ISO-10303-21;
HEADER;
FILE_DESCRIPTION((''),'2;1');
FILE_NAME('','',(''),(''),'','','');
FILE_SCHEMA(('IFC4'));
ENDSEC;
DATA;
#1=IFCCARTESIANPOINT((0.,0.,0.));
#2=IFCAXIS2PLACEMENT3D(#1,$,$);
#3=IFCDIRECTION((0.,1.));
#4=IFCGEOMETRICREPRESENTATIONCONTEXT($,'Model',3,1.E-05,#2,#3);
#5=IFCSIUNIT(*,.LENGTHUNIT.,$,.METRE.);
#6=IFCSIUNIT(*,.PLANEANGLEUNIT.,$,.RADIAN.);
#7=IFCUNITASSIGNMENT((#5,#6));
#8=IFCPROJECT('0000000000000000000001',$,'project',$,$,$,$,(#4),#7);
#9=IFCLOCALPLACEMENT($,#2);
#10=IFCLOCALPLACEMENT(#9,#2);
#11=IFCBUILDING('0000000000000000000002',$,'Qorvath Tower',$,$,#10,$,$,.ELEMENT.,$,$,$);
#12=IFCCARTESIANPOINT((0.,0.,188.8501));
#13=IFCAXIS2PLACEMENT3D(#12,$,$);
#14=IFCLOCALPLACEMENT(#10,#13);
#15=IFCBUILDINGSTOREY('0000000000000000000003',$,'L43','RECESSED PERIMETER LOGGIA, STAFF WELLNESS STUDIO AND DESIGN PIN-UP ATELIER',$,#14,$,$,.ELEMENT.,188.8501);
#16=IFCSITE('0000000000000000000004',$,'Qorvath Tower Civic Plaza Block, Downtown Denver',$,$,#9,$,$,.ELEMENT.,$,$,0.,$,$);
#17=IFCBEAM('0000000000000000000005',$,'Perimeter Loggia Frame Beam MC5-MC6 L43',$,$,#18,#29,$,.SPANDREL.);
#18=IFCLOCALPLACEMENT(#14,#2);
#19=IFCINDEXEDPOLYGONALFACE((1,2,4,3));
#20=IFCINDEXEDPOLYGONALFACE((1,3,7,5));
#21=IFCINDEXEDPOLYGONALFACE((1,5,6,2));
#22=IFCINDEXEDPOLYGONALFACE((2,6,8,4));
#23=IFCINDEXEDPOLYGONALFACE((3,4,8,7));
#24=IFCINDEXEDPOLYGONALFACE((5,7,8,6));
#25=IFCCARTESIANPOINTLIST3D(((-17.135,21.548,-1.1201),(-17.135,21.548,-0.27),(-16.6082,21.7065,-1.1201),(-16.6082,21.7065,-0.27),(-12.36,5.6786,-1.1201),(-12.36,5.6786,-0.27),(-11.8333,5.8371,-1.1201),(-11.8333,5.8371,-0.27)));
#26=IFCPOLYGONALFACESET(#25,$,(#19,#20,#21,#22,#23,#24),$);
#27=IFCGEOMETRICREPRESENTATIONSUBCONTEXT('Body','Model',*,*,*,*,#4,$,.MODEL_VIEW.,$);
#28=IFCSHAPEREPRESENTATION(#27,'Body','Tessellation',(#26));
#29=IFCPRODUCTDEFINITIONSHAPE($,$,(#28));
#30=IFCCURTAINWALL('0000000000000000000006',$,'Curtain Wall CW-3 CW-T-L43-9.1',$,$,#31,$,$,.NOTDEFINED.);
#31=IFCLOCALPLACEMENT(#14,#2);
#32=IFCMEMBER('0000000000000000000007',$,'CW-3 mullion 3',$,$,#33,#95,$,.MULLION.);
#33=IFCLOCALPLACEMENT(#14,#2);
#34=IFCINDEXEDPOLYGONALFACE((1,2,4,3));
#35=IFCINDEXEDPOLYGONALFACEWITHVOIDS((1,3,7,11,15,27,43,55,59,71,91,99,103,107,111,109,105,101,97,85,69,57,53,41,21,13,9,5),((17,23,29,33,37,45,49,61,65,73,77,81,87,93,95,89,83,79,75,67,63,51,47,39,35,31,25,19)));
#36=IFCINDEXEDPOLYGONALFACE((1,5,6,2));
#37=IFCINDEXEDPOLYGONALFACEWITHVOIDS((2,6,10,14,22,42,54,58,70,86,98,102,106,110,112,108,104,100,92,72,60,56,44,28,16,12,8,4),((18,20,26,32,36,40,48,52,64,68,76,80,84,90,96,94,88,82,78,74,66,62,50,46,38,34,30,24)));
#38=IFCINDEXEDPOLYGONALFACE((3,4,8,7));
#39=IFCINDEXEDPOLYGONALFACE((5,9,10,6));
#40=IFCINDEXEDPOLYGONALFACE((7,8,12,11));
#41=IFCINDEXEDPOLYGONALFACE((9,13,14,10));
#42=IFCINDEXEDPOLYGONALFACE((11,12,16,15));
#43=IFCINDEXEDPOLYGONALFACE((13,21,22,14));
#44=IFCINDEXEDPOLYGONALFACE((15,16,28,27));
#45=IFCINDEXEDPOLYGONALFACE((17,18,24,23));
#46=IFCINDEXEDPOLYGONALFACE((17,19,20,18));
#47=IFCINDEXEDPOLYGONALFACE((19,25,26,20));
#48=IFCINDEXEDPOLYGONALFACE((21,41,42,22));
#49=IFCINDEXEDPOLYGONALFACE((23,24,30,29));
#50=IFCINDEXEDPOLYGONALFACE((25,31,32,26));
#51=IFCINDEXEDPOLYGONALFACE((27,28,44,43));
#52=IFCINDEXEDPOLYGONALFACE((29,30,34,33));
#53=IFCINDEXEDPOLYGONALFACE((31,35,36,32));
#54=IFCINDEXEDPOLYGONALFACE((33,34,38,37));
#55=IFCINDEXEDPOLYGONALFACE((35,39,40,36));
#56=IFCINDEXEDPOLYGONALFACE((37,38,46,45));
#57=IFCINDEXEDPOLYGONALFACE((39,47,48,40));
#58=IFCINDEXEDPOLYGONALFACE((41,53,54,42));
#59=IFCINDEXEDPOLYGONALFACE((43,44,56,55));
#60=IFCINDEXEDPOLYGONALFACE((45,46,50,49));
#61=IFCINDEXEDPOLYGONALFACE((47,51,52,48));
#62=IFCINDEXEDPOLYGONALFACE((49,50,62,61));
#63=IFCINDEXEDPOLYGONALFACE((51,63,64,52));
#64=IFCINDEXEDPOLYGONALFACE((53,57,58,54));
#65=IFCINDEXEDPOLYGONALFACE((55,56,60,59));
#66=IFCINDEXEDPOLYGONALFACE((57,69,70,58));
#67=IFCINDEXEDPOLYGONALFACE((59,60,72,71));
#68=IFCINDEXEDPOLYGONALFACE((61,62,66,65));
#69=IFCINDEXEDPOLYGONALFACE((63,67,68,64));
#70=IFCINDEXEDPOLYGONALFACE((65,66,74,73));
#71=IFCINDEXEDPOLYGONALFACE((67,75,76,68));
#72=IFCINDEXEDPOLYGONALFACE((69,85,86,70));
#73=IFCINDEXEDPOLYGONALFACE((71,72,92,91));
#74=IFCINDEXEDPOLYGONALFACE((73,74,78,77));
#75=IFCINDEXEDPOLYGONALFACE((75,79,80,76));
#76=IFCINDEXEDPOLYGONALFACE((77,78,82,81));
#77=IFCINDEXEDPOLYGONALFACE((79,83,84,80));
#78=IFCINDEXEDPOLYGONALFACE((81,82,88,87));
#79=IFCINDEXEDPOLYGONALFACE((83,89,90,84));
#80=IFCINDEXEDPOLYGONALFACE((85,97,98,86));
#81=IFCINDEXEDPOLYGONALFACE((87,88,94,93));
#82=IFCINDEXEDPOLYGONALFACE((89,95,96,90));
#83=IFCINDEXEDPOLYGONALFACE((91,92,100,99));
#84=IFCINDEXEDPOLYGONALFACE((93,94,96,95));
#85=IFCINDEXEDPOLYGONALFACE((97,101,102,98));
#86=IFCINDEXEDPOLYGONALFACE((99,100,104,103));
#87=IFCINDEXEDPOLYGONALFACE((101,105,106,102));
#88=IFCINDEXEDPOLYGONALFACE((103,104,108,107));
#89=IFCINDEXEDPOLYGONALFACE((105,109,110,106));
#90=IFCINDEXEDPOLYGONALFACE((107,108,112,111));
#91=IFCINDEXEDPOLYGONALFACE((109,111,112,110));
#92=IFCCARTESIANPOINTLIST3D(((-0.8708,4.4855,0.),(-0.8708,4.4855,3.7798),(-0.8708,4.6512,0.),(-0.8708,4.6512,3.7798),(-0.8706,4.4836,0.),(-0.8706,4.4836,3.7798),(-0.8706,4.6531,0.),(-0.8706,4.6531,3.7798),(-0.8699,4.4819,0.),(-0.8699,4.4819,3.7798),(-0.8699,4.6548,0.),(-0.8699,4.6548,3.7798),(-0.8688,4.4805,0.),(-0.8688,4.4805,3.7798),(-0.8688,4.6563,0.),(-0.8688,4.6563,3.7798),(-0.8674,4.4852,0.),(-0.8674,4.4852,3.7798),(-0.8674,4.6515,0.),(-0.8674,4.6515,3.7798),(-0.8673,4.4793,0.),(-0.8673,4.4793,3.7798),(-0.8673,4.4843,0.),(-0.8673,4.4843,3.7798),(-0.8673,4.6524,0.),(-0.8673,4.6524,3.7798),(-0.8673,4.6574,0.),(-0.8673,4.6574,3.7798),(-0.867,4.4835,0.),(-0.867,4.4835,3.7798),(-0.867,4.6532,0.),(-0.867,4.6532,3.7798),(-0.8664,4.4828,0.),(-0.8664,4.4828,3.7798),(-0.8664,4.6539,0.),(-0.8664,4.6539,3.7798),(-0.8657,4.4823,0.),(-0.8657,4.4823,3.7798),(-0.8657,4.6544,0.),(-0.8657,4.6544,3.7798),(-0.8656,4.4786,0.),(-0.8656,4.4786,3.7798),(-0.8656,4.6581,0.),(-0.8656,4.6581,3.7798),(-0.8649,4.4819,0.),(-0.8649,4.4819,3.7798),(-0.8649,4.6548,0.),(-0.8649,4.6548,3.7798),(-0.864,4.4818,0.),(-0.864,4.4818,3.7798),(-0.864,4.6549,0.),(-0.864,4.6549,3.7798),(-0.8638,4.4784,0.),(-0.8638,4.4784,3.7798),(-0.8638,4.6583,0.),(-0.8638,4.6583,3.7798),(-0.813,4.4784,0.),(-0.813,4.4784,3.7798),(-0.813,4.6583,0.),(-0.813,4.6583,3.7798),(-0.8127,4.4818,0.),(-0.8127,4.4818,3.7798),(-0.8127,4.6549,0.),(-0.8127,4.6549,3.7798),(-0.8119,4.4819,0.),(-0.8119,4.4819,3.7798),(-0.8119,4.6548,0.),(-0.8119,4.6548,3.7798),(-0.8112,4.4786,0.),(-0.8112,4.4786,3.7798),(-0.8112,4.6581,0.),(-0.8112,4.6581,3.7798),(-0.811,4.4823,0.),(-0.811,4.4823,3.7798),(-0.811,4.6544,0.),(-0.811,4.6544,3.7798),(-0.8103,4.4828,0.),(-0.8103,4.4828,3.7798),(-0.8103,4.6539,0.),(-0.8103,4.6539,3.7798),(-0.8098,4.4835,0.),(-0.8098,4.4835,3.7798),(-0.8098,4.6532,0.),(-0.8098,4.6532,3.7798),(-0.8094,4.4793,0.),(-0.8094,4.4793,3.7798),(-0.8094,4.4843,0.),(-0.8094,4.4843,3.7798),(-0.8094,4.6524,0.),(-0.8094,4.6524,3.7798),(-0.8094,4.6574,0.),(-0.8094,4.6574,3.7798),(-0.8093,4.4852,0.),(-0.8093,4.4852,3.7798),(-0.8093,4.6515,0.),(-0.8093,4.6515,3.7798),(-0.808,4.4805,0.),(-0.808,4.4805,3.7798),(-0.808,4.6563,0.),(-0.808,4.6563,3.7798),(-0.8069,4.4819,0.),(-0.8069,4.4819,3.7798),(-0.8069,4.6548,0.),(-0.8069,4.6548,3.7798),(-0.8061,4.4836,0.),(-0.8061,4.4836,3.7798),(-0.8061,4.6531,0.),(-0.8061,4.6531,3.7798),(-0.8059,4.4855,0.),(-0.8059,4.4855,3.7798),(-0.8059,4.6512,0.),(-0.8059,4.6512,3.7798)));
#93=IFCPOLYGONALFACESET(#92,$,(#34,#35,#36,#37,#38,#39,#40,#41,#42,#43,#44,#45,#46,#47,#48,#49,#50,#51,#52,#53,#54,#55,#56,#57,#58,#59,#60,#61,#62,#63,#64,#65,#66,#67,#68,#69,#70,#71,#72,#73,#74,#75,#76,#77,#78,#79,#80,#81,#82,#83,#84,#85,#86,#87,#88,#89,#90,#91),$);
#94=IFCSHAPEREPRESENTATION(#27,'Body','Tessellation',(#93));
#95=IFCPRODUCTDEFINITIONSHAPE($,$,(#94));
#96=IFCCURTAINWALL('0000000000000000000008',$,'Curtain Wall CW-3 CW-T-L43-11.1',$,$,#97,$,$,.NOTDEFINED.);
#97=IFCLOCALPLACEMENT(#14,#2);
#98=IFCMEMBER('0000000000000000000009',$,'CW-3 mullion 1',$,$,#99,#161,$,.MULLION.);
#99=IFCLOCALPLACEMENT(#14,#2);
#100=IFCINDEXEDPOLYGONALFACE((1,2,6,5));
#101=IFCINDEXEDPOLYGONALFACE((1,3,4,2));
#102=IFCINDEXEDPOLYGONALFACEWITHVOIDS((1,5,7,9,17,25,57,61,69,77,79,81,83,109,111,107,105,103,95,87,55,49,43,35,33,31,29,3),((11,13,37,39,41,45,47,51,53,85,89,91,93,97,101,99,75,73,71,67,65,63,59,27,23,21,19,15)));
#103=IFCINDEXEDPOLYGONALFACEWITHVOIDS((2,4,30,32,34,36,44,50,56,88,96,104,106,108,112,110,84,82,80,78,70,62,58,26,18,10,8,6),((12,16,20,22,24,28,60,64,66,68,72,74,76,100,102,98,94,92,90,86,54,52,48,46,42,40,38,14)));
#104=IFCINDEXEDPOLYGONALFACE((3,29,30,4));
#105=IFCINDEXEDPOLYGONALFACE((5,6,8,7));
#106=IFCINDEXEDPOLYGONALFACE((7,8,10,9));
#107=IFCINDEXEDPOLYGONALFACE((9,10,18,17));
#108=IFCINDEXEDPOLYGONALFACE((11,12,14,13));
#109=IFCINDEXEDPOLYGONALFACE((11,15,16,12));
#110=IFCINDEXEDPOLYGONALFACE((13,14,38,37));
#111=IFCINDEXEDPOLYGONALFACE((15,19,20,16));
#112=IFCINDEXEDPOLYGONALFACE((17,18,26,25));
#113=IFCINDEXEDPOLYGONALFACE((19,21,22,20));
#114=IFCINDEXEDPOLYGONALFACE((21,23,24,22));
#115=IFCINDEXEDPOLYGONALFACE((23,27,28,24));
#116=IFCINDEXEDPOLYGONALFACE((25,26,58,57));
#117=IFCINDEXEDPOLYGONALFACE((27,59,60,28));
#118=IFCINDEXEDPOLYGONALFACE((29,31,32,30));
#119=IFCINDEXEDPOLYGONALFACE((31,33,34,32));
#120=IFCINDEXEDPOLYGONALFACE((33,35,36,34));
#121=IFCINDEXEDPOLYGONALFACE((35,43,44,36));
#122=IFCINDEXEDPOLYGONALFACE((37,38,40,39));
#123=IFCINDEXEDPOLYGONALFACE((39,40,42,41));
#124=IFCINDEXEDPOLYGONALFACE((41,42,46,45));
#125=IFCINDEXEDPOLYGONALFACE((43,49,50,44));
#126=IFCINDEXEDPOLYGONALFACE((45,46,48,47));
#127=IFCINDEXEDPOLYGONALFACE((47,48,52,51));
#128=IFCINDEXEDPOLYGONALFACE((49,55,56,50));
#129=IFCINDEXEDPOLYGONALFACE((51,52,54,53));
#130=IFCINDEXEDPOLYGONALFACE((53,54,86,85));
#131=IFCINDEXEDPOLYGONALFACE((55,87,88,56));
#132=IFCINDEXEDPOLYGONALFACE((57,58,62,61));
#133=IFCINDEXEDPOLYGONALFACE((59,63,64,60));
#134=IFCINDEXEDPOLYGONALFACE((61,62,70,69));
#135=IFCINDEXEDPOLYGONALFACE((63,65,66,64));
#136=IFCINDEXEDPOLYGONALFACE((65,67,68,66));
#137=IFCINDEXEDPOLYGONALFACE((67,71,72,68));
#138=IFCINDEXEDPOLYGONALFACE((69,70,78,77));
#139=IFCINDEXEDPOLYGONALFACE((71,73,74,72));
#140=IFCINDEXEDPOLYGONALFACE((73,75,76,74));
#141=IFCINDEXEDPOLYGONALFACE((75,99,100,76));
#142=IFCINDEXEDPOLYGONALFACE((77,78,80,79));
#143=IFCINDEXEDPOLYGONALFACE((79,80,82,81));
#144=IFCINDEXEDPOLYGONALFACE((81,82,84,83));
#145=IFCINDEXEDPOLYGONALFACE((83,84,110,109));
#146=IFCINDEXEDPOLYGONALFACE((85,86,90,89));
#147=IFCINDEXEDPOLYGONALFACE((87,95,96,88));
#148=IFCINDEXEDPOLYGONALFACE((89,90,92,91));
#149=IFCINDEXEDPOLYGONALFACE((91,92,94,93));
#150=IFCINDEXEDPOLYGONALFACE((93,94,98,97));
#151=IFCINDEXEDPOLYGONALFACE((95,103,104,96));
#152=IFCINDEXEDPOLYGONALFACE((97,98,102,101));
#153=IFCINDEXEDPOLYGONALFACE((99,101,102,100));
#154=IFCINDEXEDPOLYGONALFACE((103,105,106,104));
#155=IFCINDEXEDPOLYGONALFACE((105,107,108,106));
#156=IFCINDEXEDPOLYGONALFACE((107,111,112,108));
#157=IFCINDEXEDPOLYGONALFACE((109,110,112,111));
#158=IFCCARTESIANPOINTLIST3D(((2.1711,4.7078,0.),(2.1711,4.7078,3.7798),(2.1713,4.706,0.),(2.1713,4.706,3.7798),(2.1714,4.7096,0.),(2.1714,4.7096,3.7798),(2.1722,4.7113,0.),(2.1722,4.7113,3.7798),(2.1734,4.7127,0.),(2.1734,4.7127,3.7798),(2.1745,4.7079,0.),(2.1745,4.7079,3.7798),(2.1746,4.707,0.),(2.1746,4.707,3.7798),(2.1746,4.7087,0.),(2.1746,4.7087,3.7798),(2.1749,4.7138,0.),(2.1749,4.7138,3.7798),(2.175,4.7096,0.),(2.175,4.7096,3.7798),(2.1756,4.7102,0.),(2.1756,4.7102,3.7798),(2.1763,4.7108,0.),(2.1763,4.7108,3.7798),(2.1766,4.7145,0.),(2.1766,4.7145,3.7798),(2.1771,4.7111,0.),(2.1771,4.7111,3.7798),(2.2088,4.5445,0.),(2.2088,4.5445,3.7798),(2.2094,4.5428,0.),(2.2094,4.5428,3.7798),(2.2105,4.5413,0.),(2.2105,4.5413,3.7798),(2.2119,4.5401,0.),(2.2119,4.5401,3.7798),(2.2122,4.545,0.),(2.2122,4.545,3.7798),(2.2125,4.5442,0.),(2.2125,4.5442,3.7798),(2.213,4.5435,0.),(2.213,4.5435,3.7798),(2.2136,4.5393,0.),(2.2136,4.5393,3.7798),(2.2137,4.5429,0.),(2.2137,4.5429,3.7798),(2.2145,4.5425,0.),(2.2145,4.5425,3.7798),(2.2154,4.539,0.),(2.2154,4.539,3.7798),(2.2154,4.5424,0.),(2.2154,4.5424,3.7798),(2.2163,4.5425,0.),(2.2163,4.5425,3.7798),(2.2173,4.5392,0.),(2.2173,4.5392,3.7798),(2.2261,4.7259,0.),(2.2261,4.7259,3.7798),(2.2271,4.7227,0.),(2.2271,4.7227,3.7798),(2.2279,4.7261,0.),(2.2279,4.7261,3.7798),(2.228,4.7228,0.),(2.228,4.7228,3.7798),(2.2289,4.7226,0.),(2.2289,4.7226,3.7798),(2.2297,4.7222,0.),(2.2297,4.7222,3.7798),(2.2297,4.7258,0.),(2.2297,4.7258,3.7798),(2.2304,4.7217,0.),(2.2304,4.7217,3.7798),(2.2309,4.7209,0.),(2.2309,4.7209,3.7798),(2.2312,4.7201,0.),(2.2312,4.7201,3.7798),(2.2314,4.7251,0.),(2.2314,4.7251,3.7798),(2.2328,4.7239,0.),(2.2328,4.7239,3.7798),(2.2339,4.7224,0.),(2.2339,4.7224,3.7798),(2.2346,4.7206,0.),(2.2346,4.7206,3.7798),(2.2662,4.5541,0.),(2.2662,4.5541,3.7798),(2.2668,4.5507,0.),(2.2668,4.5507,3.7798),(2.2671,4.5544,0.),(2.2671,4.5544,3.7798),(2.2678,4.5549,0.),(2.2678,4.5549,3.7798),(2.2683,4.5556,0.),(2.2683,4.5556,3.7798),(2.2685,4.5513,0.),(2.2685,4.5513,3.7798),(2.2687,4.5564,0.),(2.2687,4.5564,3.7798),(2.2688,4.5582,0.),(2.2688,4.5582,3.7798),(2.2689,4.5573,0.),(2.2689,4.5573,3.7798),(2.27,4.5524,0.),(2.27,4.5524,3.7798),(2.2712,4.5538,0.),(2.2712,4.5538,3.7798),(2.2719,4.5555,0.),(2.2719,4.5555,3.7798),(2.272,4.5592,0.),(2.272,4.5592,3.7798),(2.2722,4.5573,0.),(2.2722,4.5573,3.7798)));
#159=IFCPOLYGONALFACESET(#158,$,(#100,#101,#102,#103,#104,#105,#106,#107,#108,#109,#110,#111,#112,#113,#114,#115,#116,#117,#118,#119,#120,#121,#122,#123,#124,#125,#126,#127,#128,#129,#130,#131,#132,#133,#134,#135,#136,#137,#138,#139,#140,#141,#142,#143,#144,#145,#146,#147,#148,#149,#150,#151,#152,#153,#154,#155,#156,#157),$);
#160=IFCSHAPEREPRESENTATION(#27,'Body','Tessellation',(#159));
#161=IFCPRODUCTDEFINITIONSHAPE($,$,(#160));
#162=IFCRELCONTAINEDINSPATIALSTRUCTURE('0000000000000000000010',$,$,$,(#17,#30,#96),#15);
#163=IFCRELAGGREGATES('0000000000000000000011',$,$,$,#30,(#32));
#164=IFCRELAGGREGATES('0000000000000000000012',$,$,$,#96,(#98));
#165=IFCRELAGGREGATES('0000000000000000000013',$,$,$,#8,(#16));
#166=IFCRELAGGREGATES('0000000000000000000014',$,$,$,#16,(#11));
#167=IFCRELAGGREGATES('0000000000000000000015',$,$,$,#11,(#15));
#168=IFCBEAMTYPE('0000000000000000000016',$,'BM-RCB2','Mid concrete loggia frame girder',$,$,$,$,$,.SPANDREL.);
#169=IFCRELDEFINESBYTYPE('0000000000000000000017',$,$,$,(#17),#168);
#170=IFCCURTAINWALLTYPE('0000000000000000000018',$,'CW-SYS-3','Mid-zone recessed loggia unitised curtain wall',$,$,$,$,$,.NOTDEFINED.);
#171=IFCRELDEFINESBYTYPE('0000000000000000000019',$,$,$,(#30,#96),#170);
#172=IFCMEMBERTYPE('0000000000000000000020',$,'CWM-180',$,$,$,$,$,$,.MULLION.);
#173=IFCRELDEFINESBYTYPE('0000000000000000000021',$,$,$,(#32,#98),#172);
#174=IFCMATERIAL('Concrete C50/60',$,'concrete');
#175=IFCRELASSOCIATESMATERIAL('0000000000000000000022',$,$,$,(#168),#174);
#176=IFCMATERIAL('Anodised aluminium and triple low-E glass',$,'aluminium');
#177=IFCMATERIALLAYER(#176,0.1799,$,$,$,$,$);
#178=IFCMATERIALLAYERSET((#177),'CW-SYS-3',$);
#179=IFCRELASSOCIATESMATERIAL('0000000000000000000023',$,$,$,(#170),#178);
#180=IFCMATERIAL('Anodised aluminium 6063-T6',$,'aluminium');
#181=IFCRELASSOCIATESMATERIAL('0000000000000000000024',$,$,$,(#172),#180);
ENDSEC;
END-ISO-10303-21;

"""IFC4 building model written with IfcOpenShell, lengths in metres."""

from ifc_helpers import new_model, si_unit, direction, frame, origin, origin_2d, place, context, subcontext, project, spatial, rectangle, hollow_rectangle, extrude, material, layer, layer_set, material_profile, profile_set, type_object, element, aggregate, save


model = new_model("IFC4")

# Units and contexts
model_context = context("Model", 3, precision=1e-05, world=origin(), true_north=direction((0.0, 1.0)))
body_context = subcontext(model_context, "Body", "Model", "MODEL_VIEW")
ifc_project = project(units=[si_unit("LENGTHUNIT", "METRE"), si_unit("PLANEANGLEUNIT", "RADIAN")], contexts=[model_context])

# Site, building, storey
site_placement = place(None, origin())
site = spatial("IfcSite", under=ifc_project, at=site_placement, Name="Qorvath Tower Civic Plaza Block, Downtown Denver", CompositionType="ELEMENT", RefElevation=0.0)
building_placement = place(site_placement, origin())
building = spatial("IfcBuilding", under=site, at=building_placement, Name="Qorvath Tower", CompositionType="ELEMENT")
storey_placement = place(building_placement, frame((0.0, 0.0, 188.8501)))
storey = spatial("IfcBuildingStorey", under=building, at=storey_placement, Name="L43", Description="RECESSED PERIMETER LOGGIA, STAFF WELLNESS STUDIO AND DESIGN PIN-UP ATELIER", CompositionType="ELEMENT", Elevation=188.8501)

# Beam
ifc_material_1 = material(Name="Concrete C50/60", Category="concrete")
ifc_material_profile_1 = material_profile(ifc_material_1, rectangle(XDim=0.55, YDim=0.8501, at=origin_2d()), Name="RCB 850x550")
ifc_profile_set_1 = profile_set([ifc_material_profile_1], Name="Concrete C50/60")
beam_type_1 = type_object("IfcBeamType", Name="BM-RCB2", Description="Mid concrete loggia frame girder", PredefinedType="SPANDREL", material=ifc_profile_set_1)
beam_1_placement = place(storey_placement, frame((-12.0967, 5.7578, -0.6951), z_axis=(-0.288128, 0.957592, 0.0), x_axis=(-0.957592, -0.288128, 0.0)))
element("IfcBeam", 1, at=beam_1_placement, inside=storey, type_object=beam_type_1, Name="Perimeter Loggia Frame Beam MC5-MC6 L43", PredefinedType="SPANDREL", context=body_context, shape_type="SweptSolid", body=[
    extrude(rectangle(XDim=0.55, YDim=0.8501, at=origin_2d()), origin(), (0.0, 0.0, 1.0), 16.5723),
])

# Curtain wall, member
ifc_material_2 = material(Name="Anodised aluminium and triple low-E glass", Category="aluminium")
ifc_layer_1 = layer(ifc_material_2, 0.1799)
ifc_layer_set_1 = layer_set([ifc_layer_1], Name="CW-SYS-3")
curtain_wall_type = type_object("IfcCurtainWallType", Name="CW-SYS-3", Description="Mid-zone recessed loggia unitised curtain wall", PredefinedType="NOTDEFINED", material=ifc_layer_set_1)
curtain_wall_1_placement = place(storey_placement, origin())
curtain_wall_1 = element("IfcCurtainWall", 2, at=curtain_wall_1_placement, inside=storey, type_object=curtain_wall_type, Name="Curtain Wall CW-3 CW-T-L43-9.1", PredefinedType="NOTDEFINED")
ifc_material_3 = material(Name="Anodised aluminium 6063-T6", Category="aluminium")
ifc_material_profile_2 = material_profile(ifc_material_3, hollow_rectangle(XDim=0.0649, YDim=0.1799, WallThickness=0.0034, InnerFilletRadius=0.0034, OuterFilletRadius=0.0071, at=origin_2d()), Name="CWM 180x65")
ifc_profile_set_2 = profile_set([ifc_material_profile_2], Name="Anodised aluminium 6063-T6")
member_type_1 = type_object("IfcMemberType", Name="CWM-180", PredefinedType="MULLION", material=ifc_profile_set_2)
member_1_placement = place(storey_placement, frame((-0.8384, 4.5684, 0.0), z_axis=(0.0, 0.0, 1.0), x_axis=(-1.0, 0.0, 0.0)))
member_1 = element("IfcMember", 3, at=member_1_placement, type_object=member_type_1, Name="CW-3 mullion 3", PredefinedType="MULLION", context=body_context, shape_type="SweptSolid", body=[
    extrude(hollow_rectangle(XDim=0.0649, YDim=0.1799, WallThickness=0.0034, InnerFilletRadius=0.0034, OuterFilletRadius=0.0071, at=origin_2d()), origin(), (0.0, 0.0, 1.0), 3.7798),
])
aggregate(curtain_wall_1, [member_1])

# Curtain wall, member
curtain_wall_2_placement = place(storey_placement, origin())
curtain_wall_2 = element("IfcCurtainWall", 4, at=curtain_wall_2_placement, inside=storey, type_object=curtain_wall_type, Name="Curtain Wall CW-3 CW-T-L43-11.1", PredefinedType="NOTDEFINED")
member_2_placement = place(storey_placement, frame((2.2217, 4.6326, 0.0), z_axis=(0.0, 0.0, 1.0), x_axis=(-0.974111, -0.226069, 0.0)))
member_2 = element("IfcMember", 5, at=member_2_placement, type_object=member_type_1, Name="CW-3 mullion 1", PredefinedType="MULLION", context=body_context, shape_type="SweptSolid", body=[
    extrude(hollow_rectangle(XDim=0.0649, YDim=0.1799, WallThickness=0.0034, InnerFilletRadius=0.0034, OuterFilletRadius=0.0071, at=origin_2d()), origin(), (0.0, 0.0, 1.0), 3.7798),
])

aggregate(curtain_wall_2, [member_2])

save(model, "model.ifc")
